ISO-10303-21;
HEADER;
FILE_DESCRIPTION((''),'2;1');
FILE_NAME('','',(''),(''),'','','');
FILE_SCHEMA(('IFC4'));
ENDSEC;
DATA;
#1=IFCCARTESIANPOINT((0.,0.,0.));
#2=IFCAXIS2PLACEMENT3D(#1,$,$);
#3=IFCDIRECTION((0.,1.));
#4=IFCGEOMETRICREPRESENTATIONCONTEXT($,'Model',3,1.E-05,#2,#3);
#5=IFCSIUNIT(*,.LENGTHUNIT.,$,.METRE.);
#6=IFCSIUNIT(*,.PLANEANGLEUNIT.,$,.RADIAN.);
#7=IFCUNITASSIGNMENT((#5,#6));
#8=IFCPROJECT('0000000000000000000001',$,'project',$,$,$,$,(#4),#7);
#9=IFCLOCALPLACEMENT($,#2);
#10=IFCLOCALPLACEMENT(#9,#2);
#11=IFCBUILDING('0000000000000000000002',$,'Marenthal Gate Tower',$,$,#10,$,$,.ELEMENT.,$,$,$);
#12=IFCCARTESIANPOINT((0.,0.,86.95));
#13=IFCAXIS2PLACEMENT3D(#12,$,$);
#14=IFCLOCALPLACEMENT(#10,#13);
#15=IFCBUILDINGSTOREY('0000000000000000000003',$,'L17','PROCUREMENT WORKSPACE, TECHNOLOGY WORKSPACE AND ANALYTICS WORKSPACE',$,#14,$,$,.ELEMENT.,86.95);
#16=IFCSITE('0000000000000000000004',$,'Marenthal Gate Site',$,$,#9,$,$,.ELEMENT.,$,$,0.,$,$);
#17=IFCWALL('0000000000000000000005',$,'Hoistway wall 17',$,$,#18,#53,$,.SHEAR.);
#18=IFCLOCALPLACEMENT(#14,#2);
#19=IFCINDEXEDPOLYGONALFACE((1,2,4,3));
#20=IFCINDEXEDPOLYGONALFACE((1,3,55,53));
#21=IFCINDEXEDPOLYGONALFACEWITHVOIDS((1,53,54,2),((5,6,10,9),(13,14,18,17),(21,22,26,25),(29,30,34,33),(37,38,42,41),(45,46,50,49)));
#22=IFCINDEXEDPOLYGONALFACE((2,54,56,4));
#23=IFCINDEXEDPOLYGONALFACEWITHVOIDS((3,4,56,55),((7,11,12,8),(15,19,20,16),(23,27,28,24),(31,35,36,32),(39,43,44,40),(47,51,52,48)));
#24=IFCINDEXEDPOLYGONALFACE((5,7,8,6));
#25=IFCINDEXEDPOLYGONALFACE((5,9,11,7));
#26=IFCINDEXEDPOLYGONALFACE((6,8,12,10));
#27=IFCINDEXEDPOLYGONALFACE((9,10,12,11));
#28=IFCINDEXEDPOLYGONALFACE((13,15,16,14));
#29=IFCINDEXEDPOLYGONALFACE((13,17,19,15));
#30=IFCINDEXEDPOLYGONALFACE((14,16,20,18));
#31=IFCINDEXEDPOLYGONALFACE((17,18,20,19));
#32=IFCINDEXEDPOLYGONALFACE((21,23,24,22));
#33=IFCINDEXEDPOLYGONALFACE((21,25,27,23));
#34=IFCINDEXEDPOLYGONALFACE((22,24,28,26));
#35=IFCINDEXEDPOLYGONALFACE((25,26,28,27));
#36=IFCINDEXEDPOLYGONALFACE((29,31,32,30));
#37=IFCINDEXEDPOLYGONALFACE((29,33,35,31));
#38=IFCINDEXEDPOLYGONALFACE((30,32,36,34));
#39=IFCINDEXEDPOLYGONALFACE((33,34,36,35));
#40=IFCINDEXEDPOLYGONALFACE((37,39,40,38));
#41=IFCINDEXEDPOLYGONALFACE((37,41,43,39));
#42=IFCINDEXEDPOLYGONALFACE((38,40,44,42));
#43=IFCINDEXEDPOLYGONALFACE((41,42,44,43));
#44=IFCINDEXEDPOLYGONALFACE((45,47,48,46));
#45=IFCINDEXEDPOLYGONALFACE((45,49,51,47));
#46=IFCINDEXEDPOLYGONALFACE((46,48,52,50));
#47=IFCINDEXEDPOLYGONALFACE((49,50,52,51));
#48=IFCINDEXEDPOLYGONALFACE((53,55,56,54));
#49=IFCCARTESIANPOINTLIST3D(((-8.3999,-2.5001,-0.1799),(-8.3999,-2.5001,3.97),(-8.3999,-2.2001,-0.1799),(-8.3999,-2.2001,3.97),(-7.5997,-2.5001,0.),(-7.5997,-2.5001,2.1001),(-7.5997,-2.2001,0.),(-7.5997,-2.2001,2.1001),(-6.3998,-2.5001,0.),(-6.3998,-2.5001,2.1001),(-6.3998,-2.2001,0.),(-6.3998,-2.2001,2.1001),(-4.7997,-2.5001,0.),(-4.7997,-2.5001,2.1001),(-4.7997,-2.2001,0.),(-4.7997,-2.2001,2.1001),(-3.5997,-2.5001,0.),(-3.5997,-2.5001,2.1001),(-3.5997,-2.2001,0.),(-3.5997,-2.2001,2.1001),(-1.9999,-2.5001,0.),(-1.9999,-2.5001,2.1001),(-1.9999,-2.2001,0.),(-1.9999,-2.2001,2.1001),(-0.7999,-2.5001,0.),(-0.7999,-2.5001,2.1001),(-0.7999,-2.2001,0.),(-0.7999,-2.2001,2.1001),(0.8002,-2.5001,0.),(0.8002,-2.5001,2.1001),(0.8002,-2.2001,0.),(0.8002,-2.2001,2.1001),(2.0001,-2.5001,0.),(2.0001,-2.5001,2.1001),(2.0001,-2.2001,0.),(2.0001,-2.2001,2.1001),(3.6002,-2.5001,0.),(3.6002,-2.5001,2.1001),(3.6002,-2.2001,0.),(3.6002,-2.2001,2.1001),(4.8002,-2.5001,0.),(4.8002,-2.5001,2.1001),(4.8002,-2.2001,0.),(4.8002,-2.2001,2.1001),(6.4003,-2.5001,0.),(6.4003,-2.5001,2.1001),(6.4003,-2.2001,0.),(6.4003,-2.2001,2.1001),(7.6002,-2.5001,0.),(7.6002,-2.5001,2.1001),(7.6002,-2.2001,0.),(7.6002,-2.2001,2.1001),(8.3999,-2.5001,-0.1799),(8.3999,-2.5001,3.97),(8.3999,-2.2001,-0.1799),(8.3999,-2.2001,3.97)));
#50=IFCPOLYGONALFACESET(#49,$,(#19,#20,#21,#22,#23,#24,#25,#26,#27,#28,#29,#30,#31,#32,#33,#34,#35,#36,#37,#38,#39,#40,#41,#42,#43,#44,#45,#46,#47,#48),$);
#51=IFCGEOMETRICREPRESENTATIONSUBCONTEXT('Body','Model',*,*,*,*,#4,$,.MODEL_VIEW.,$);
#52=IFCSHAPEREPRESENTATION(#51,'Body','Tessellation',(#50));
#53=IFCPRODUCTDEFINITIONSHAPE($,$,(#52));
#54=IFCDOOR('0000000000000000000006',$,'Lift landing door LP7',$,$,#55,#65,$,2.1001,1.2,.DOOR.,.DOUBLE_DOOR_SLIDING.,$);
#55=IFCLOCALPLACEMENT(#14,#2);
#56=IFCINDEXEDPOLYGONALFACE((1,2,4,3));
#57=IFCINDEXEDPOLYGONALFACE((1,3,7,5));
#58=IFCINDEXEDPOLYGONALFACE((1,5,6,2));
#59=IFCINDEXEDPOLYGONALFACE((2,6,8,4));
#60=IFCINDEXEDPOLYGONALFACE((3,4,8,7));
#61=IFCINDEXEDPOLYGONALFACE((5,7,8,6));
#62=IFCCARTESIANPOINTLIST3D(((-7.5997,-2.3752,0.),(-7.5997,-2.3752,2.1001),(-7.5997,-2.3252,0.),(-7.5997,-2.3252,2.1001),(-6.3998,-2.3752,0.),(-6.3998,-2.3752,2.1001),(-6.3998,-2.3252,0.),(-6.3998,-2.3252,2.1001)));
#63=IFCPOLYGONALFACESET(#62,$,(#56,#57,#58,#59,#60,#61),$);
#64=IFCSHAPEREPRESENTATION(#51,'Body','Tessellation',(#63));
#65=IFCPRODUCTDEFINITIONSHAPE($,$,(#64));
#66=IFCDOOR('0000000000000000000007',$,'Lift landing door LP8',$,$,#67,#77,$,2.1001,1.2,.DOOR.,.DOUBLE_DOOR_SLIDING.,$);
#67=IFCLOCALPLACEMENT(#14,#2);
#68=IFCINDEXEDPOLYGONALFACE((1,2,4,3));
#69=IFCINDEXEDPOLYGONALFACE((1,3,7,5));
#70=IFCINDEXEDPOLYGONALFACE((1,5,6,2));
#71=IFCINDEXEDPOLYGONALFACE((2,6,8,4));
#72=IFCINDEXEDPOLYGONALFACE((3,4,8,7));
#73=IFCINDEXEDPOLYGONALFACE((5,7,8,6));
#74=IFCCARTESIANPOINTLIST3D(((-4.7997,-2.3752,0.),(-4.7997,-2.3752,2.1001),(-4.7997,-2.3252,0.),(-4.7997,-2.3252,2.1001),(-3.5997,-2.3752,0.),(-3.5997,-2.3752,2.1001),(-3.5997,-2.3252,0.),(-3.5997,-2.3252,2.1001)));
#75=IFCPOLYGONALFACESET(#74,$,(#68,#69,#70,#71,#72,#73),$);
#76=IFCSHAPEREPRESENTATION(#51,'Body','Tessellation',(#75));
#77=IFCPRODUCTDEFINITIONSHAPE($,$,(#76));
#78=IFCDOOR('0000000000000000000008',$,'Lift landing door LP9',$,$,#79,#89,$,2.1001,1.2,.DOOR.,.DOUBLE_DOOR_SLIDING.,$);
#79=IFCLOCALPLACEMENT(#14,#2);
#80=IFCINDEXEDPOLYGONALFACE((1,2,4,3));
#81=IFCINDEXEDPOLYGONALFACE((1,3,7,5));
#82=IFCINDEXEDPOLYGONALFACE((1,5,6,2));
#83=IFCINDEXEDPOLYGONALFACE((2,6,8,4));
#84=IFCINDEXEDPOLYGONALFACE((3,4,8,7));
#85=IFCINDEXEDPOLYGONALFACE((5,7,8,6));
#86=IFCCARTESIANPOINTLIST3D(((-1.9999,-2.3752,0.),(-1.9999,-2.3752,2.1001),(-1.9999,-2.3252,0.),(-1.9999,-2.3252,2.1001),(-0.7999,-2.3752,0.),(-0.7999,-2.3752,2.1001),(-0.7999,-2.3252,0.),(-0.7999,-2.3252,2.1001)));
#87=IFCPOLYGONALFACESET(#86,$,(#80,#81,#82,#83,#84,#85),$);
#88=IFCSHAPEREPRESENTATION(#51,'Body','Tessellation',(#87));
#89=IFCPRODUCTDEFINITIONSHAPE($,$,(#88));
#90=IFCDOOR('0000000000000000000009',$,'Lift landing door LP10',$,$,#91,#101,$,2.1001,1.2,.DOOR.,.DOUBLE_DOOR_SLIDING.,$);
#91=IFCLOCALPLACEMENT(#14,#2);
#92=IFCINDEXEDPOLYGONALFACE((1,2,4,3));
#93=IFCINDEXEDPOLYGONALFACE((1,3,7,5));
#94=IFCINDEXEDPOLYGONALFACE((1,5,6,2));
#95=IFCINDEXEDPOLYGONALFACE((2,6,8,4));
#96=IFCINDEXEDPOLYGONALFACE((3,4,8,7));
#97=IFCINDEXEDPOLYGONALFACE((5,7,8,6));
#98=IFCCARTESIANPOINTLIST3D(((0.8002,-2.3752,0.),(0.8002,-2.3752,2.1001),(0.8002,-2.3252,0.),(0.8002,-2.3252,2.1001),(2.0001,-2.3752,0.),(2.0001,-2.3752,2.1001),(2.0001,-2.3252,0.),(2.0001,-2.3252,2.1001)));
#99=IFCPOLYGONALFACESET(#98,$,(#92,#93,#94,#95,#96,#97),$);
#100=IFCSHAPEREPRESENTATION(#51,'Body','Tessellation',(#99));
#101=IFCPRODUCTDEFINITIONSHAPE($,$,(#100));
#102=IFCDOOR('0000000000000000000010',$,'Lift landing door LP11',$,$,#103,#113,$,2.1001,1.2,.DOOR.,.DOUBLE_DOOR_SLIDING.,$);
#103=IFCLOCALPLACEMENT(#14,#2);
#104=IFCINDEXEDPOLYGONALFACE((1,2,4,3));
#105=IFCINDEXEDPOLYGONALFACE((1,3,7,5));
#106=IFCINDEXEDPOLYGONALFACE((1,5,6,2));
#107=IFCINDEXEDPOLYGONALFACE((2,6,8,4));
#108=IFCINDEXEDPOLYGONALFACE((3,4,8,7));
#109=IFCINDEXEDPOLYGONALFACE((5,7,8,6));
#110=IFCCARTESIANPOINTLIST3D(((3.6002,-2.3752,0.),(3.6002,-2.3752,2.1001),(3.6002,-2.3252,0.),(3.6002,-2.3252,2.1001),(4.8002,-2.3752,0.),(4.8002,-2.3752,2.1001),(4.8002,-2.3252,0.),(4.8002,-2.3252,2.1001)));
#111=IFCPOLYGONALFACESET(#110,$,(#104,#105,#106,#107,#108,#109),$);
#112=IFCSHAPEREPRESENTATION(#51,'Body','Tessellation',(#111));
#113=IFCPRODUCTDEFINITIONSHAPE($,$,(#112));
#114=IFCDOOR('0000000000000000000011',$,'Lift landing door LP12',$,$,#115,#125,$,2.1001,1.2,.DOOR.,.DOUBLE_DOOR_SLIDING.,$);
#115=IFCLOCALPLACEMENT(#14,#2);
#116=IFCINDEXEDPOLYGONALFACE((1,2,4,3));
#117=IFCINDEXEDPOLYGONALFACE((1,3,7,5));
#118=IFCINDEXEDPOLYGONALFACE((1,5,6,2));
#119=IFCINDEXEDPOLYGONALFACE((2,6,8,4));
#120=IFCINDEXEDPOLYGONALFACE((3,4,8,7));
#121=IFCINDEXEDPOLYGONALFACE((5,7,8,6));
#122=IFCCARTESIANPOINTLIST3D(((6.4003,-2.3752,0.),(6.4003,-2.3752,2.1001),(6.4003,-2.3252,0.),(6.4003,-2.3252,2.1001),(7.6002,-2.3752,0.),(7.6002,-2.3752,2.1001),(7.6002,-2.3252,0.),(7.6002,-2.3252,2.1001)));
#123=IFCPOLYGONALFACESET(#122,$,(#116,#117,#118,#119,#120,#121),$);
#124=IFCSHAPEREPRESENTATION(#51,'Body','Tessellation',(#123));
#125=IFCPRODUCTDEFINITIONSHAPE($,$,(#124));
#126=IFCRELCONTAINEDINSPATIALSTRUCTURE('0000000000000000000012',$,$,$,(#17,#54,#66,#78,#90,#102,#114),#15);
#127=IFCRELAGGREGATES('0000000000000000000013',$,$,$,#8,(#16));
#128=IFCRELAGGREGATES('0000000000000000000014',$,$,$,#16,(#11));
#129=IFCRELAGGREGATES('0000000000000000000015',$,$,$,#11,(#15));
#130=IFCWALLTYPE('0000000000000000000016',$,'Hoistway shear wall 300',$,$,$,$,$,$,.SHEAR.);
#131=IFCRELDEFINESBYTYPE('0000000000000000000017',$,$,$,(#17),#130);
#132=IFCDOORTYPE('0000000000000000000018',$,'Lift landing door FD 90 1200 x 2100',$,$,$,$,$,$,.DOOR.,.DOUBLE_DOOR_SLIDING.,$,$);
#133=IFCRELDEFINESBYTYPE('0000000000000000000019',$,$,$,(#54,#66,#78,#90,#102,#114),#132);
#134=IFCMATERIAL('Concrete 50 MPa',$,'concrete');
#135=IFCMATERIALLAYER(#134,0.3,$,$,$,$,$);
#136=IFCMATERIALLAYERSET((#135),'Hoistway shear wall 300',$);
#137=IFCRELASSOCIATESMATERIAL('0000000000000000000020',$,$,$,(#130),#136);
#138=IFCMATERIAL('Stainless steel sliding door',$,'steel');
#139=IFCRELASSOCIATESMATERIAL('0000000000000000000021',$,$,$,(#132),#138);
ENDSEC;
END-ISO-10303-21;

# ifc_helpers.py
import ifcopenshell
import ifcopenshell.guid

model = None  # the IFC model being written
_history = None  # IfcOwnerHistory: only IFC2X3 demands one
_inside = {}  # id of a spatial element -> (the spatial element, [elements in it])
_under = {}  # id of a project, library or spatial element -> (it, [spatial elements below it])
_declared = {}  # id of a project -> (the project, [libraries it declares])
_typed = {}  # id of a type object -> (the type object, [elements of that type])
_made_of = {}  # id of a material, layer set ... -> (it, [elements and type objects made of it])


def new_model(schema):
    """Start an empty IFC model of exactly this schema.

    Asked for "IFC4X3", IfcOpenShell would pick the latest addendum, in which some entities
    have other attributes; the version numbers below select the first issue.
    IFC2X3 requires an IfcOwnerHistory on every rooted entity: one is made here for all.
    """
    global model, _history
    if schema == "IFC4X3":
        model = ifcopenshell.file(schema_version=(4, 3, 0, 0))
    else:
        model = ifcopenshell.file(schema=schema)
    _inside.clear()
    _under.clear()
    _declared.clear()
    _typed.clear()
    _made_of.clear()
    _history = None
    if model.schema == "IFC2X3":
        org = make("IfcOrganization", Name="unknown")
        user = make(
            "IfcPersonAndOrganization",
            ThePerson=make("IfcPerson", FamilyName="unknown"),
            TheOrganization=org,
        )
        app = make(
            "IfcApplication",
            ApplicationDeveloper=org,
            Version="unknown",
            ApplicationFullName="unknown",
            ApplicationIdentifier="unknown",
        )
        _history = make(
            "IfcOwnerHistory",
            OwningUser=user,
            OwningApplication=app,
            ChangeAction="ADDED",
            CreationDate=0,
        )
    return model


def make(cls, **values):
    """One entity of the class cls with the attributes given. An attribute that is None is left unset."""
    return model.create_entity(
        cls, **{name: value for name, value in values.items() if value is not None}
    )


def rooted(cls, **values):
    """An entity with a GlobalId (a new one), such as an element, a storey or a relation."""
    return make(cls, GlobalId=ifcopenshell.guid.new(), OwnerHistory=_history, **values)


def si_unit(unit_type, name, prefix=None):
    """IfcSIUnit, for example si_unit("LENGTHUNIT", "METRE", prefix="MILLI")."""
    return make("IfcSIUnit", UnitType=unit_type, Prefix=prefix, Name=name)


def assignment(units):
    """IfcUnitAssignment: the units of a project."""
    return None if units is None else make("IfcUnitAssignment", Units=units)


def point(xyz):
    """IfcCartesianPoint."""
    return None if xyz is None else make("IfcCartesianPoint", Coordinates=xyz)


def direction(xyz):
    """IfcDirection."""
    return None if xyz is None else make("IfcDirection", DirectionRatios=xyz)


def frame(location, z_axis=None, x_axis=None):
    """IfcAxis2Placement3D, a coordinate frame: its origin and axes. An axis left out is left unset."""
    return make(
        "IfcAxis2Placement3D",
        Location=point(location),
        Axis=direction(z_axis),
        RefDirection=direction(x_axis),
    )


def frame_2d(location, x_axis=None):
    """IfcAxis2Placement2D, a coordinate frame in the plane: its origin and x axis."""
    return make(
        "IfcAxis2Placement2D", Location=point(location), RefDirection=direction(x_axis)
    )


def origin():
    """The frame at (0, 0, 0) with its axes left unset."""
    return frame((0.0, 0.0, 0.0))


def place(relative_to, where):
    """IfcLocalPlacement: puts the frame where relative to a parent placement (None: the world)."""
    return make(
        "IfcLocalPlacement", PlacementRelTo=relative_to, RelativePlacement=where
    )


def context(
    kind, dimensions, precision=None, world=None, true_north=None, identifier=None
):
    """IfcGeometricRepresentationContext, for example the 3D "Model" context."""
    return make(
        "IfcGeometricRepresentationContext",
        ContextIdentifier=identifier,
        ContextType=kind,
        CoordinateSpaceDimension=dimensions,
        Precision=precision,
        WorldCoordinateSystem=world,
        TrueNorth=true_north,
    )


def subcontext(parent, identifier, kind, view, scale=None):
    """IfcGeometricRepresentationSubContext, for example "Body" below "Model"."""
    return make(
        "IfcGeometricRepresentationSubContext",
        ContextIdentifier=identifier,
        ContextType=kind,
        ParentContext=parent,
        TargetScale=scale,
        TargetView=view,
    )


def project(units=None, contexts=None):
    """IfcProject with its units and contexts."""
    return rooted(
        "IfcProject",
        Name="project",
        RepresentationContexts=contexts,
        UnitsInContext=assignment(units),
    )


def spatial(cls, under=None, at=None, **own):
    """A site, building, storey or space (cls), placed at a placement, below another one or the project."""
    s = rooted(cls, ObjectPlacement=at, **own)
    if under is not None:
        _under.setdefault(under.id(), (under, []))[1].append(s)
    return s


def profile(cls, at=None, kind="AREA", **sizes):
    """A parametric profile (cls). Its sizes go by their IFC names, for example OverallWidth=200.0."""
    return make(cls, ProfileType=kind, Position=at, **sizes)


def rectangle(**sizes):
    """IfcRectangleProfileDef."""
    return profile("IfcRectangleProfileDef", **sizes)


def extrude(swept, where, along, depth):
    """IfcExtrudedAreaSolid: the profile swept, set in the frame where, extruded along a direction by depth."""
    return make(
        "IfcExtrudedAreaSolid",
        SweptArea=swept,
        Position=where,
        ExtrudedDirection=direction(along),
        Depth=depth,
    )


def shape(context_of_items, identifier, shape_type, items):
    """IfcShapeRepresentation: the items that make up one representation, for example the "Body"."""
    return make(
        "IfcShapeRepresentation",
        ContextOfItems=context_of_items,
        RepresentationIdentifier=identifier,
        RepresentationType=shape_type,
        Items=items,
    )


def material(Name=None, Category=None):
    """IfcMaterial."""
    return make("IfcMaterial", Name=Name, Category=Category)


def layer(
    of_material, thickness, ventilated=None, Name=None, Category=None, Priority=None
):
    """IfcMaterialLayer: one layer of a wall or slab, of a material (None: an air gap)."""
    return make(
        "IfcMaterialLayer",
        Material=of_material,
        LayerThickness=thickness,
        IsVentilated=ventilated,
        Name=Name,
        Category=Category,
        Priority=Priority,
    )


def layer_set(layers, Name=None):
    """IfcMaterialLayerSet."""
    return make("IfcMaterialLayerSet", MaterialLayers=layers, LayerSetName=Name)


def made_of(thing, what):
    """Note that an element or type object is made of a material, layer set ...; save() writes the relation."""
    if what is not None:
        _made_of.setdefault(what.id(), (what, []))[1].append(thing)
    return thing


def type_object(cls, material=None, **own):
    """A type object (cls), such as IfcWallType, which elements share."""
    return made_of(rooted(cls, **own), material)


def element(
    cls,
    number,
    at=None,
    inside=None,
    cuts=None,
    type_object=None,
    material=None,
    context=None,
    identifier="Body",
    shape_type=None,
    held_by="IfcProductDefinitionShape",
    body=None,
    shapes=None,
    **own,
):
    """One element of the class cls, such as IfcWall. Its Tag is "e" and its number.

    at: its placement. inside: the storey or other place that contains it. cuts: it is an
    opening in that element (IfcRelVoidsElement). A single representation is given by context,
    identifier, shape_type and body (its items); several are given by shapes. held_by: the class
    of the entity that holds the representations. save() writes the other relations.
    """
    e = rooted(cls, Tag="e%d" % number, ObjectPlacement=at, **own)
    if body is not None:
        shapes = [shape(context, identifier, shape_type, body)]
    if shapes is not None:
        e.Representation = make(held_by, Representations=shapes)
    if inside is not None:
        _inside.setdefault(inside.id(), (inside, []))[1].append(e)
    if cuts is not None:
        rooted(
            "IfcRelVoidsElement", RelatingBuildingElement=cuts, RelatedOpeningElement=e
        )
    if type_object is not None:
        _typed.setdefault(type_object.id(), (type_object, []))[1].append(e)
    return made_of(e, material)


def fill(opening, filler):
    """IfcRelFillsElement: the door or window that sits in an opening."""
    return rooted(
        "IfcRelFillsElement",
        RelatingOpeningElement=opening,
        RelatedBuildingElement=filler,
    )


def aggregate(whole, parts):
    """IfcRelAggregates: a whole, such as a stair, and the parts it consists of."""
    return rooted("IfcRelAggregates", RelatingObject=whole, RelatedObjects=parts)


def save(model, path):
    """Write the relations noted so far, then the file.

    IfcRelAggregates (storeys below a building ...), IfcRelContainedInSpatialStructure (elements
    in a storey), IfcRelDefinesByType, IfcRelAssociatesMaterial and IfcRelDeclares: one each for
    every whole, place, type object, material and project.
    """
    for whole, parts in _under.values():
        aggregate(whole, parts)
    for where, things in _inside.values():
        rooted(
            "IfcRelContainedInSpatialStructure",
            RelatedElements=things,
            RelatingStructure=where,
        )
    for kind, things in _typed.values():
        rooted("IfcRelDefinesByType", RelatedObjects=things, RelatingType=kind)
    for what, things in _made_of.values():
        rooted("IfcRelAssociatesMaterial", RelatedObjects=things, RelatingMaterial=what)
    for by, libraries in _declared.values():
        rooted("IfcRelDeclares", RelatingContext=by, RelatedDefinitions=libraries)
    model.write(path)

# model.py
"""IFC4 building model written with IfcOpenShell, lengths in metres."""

from ifc_helpers import new_model, si_unit, direction, frame, frame_2d, origin, place, context, subcontext, project, spatial, rectangle, extrude, material, layer, layer_set, type_object, element, fill, save


model = new_model("IFC4")

# Units and contexts
model_context = context("Model", 3, precision=1e-05, world=origin(), true_north=direction((0.0, 1.0)))
body_context = subcontext(model_context, "Body", "Model", "MODEL_VIEW")
ifc_project = project(units=[si_unit("LENGTHUNIT", "METRE"), si_unit("PLANEANGLEUNIT", "RADIAN")], contexts=[model_context])

# Site, building, storey
site_placement = place(None, origin())
site = spatial("IfcSite", under=ifc_project, at=site_placement, Name="Marenthal Gate Site", CompositionType="ELEMENT", RefElevation=0.0)
building_placement = place(site_placement, origin())
building = spatial("IfcBuilding", under=site, at=building_placement, Name="Marenthal Gate Tower", CompositionType="ELEMENT")
storey_placement = place(building_placement, frame((0.0, 0.0, 86.95)))
storey = spatial("IfcBuildingStorey", under=building, at=storey_placement, Name="L17", Description="PROCUREMENT WORKSPACE, TECHNOLOGY WORKSPACE AND ANALYTICS WORKSPACE", CompositionType="ELEMENT", Elevation=86.95)

# Wall, openings, doors
ifc_material_1 = material(Name="Concrete 50 MPa", Category="concrete")
ifc_layer_1 = layer(ifc_material_1, 0.3)
ifc_layer_set_1 = layer_set([ifc_layer_1], Name="Hoistway shear wall 300")
wall_type_1 = type_object("IfcWallType", Name="Hoistway shear wall 300", PredefinedType="SHEAR", material=ifc_layer_set_1)
wall_1_placement = place(storey_placement, frame((-8.3999, -2.3501, -0.1799), z_axis=(0.0, 0.0, 1.0), x_axis=(1.0, 0.0, 0.0)))
wall_1 = element("IfcWall", 1, at=wall_1_placement, inside=storey, type_object=wall_type_1, Name="Hoistway wall 17", PredefinedType="SHEAR", context=body_context, shape_type="SweptSolid", body=[
    extrude(rectangle(XDim=16.7998, YDim=0.3, at=frame_2d((8.3999, 0.0))), origin(), (0.0, 0.0, 1.0), 4.1499),
])
opening_1_placement = place(wall_1_placement, frame((0.8, 0.0, 0.1799)))
opening_1 = element("IfcOpeningElement", 2, at=opening_1_placement, cuts=wall_1, PredefinedType="OPENING", context=body_context, shape_type="SweptSolid", body=[
    extrude(rectangle(XDim=1.2, YDim=2.1001, at=frame_2d((0.6001, 1.05))), frame((0.0, 0.1602, 0.0), z_axis=(0.0, -1.0, 0.0), x_axis=(1.0, 0.0, 0.0)), (0.0, 0.0, 1.0), 0.3201),
])
opening_2_placement = place(wall_1_placement, frame((3.6001, 0.0, 0.1799)))
opening_2 = element("IfcOpeningElement", 3, at=opening_2_placement, cuts=wall_1, PredefinedType="OPENING", context=body_context, shape_type="SweptSolid", body=[
    extrude(rectangle(XDim=1.2, YDim=2.1001, at=frame_2d((0.6001, 1.05))), frame((0.0, 0.1602, 0.0), z_axis=(0.0, -1.0, 0.0), x_axis=(1.0, 0.0, 0.0)), (0.0, 0.0, 1.0), 0.3201),
])
opening_3_placement = place(wall_1_placement, frame((6.3999, 0.0, 0.1799)))
opening_3 = element("IfcOpeningElement", 4, at=opening_3_placement, cuts=wall_1, PredefinedType="OPENING", context=body_context, shape_type="SweptSolid", body=[
    extrude(rectangle(XDim=1.2, YDim=2.1001, at=frame_2d((0.6001, 1.05))), frame((0.0, 0.1602, 0.0), z_axis=(0.0, -1.0, 0.0), x_axis=(1.0, 0.0, 0.0)), (0.0, 0.0, 1.0), 0.3201),
])
opening_4_placement = place(wall_1_placement, frame((9.2, 0.0, 0.1799)))
opening_4 = element("IfcOpeningElement", 5, at=opening_4_placement, cuts=wall_1, PredefinedType="OPENING", context=body_context, shape_type="SweptSolid", body=[
    extrude(rectangle(XDim=1.2, YDim=2.1001, at=frame_2d((0.6001, 1.05))), frame((0.0, 0.1602, 0.0), z_axis=(0.0, -1.0, 0.0), x_axis=(1.0, 0.0, 0.0)), (0.0, 0.0, 1.0), 0.3201),
])
opening_5_placement = place(wall_1_placement, frame((12.0, 0.0, 0.1799)))
opening_5 = element("IfcOpeningElement", 6, at=opening_5_placement, cuts=wall_1, PredefinedType="OPENING", context=body_context, shape_type="SweptSolid", body=[
    extrude(rectangle(XDim=1.2, YDim=2.1001, at=frame_2d((0.6001, 1.05))), frame((0.0, 0.1602, 0.0), z_axis=(0.0, -1.0, 0.0), x_axis=(1.0, 0.0, 0.0)), (0.0, 0.0, 1.0), 0.3201),
])
opening_6_placement = place(wall_1_placement, frame((14.8, 0.0, 0.1799)))
opening_6 = element("IfcOpeningElement", 7, at=opening_6_placement, cuts=wall_1, PredefinedType="OPENING", context=body_context, shape_type="SweptSolid", body=[
    extrude(rectangle(XDim=1.2, YDim=2.1001, at=frame_2d((0.6001, 1.05))), frame((0.0, 0.1602, 0.0), z_axis=(0.0, -1.0, 0.0), x_axis=(1.0, 0.0, 0.0)), (0.0, 0.0, 1.0), 0.3201),
])
ifc_material_2 = material(Name="Stainless steel sliding door", Category="steel")
door_type_1 = type_object("IfcDoorType", Name="Lift landing door FD 90 1200 x 2100", OperationType="DOUBLE_DOOR_SLIDING", PredefinedType="DOOR", material=ifc_material_2)
door_1_placement = place(opening_1_placement, origin())
door_1 = element("IfcDoor", 8, at=door_1_placement, inside=storey, type_object=door_type_1, Name="Lift landing door LP7", OperationType="DOUBLE_DOOR_SLIDING", OverallHeight=2.1001, OverallWidth=1.2, PredefinedType="DOOR", context=body_context, shape_type="SweptSolid", body=[
    extrude(rectangle(XDim=1.2, YDim=2.1001, at=frame_2d((0.6001, 1.05))), frame((0.0, 0.0249, 0.0), z_axis=(0.0, -1.0, 0.0), x_axis=(1.0, 0.0, 0.0)), (0.0, 0.0, 1.0), 0.05),
])
fill(opening_1, door_1)
door_2_placement = place(opening_2_placement, origin())
door_2 = element("IfcDoor", 9, at=door_2_placement, inside=storey, type_object=door_type_1, Name="Lift landing door LP8", OperationType="DOUBLE_DOOR_SLIDING", OverallHeight=2.1001, OverallWidth=1.2, PredefinedType="DOOR", context=body_context, shape_type="SweptSolid", body=[
    extrude(rectangle(XDim=1.2, YDim=2.1001, at=frame_2d((0.6001, 1.05))), frame((0.0, 0.0249, 0.0), z_axis=(0.0, -1.0, 0.0), x_axis=(1.0, 0.0, 0.0)), (0.0, 0.0, 1.0), 0.05),
])
fill(opening_2, door_2)
door_3_placement = place(opening_3_placement, origin())
door_3 = element("IfcDoor", 10, at=door_3_placement, inside=storey, type_object=door_type_1, Name="Lift landing door LP9", OperationType="DOUBLE_DOOR_SLIDING", OverallHeight=2.1001, OverallWidth=1.2, PredefinedType="DOOR", context=body_context, shape_type="SweptSolid", body=[
    extrude(rectangle(XDim=1.2, YDim=2.1001, at=frame_2d((0.6001, 1.05))), frame((0.0, 0.0249, 0.0), z_axis=(0.0, -1.0, 0.0), x_axis=(1.0, 0.0, 0.0)), (0.0, 0.0, 1.0), 0.05),
])
fill(opening_3, door_3)
door_4_placement = place(opening_4_placement, origin())
door_4 = element("IfcDoor", 11, at=door_4_placement, inside=storey, type_object=door_type_1, Name="Lift landing door LP10", OperationType="DOUBLE_DOOR_SLIDING", OverallHeight=2.1001, OverallWidth=1.2, PredefinedType="DOOR", context=body_context, shape_type="SweptSolid", body=[
    extrude(rectangle(XDim=1.2, YDim=2.1001, at=frame_2d((0.6001, 1.05))), frame((0.0, 0.0249, 0.0), z_axis=(0.0, -1.0, 0.0), x_axis=(1.0, 0.0, 0.0)), (0.0, 0.0, 1.0), 0.05),
])
fill(opening_4, door_4)
door_5_placement = place(opening_5_placement, origin())
door_5 = element("IfcDoor", 12, at=door_5_placement, inside=storey, type_object=door_type_1, Name="Lift landing door LP11", OperationType="DOUBLE_DOOR_SLIDING", OverallHeight=2.1001, OverallWidth=1.2, PredefinedType="DOOR", context=body_context, shape_type="SweptSolid", body=[
    extrude(rectangle(XDim=1.2, YDim=2.1001, at=frame_2d((0.6001, 1.05))), frame((0.0, 0.0249, 0.0), z_axis=(0.0, -1.0, 0.0), x_axis=(1.0, 0.0, 0.0)), (0.0, 0.0, 1.0), 0.05),
])
fill(opening_5, door_5)
door_6_placement = place(opening_6_placement, origin())
door_6 = element("IfcDoor", 13, at=door_6_placement, inside=storey, type_object=door_type_1, Name="Lift landing door LP12", OperationType="DOUBLE_DOOR_SLIDING", OverallHeight=2.1001, OverallWidth=1.2, PredefinedType="DOOR", context=body_context, shape_type="SweptSolid", body=[
    extrude(rectangle(XDim=1.2, YDim=2.1001, at=frame_2d((0.6001, 1.05))), frame((0.0, 0.0249, 0.0), z_axis=(0.0, -1.0, 0.0), x_axis=(1.0, 0.0, 0.0)), (0.0, 0.0, 1.0), 0.05),
])
fill(opening_6, door_6)

save(model, "model.ifc")
